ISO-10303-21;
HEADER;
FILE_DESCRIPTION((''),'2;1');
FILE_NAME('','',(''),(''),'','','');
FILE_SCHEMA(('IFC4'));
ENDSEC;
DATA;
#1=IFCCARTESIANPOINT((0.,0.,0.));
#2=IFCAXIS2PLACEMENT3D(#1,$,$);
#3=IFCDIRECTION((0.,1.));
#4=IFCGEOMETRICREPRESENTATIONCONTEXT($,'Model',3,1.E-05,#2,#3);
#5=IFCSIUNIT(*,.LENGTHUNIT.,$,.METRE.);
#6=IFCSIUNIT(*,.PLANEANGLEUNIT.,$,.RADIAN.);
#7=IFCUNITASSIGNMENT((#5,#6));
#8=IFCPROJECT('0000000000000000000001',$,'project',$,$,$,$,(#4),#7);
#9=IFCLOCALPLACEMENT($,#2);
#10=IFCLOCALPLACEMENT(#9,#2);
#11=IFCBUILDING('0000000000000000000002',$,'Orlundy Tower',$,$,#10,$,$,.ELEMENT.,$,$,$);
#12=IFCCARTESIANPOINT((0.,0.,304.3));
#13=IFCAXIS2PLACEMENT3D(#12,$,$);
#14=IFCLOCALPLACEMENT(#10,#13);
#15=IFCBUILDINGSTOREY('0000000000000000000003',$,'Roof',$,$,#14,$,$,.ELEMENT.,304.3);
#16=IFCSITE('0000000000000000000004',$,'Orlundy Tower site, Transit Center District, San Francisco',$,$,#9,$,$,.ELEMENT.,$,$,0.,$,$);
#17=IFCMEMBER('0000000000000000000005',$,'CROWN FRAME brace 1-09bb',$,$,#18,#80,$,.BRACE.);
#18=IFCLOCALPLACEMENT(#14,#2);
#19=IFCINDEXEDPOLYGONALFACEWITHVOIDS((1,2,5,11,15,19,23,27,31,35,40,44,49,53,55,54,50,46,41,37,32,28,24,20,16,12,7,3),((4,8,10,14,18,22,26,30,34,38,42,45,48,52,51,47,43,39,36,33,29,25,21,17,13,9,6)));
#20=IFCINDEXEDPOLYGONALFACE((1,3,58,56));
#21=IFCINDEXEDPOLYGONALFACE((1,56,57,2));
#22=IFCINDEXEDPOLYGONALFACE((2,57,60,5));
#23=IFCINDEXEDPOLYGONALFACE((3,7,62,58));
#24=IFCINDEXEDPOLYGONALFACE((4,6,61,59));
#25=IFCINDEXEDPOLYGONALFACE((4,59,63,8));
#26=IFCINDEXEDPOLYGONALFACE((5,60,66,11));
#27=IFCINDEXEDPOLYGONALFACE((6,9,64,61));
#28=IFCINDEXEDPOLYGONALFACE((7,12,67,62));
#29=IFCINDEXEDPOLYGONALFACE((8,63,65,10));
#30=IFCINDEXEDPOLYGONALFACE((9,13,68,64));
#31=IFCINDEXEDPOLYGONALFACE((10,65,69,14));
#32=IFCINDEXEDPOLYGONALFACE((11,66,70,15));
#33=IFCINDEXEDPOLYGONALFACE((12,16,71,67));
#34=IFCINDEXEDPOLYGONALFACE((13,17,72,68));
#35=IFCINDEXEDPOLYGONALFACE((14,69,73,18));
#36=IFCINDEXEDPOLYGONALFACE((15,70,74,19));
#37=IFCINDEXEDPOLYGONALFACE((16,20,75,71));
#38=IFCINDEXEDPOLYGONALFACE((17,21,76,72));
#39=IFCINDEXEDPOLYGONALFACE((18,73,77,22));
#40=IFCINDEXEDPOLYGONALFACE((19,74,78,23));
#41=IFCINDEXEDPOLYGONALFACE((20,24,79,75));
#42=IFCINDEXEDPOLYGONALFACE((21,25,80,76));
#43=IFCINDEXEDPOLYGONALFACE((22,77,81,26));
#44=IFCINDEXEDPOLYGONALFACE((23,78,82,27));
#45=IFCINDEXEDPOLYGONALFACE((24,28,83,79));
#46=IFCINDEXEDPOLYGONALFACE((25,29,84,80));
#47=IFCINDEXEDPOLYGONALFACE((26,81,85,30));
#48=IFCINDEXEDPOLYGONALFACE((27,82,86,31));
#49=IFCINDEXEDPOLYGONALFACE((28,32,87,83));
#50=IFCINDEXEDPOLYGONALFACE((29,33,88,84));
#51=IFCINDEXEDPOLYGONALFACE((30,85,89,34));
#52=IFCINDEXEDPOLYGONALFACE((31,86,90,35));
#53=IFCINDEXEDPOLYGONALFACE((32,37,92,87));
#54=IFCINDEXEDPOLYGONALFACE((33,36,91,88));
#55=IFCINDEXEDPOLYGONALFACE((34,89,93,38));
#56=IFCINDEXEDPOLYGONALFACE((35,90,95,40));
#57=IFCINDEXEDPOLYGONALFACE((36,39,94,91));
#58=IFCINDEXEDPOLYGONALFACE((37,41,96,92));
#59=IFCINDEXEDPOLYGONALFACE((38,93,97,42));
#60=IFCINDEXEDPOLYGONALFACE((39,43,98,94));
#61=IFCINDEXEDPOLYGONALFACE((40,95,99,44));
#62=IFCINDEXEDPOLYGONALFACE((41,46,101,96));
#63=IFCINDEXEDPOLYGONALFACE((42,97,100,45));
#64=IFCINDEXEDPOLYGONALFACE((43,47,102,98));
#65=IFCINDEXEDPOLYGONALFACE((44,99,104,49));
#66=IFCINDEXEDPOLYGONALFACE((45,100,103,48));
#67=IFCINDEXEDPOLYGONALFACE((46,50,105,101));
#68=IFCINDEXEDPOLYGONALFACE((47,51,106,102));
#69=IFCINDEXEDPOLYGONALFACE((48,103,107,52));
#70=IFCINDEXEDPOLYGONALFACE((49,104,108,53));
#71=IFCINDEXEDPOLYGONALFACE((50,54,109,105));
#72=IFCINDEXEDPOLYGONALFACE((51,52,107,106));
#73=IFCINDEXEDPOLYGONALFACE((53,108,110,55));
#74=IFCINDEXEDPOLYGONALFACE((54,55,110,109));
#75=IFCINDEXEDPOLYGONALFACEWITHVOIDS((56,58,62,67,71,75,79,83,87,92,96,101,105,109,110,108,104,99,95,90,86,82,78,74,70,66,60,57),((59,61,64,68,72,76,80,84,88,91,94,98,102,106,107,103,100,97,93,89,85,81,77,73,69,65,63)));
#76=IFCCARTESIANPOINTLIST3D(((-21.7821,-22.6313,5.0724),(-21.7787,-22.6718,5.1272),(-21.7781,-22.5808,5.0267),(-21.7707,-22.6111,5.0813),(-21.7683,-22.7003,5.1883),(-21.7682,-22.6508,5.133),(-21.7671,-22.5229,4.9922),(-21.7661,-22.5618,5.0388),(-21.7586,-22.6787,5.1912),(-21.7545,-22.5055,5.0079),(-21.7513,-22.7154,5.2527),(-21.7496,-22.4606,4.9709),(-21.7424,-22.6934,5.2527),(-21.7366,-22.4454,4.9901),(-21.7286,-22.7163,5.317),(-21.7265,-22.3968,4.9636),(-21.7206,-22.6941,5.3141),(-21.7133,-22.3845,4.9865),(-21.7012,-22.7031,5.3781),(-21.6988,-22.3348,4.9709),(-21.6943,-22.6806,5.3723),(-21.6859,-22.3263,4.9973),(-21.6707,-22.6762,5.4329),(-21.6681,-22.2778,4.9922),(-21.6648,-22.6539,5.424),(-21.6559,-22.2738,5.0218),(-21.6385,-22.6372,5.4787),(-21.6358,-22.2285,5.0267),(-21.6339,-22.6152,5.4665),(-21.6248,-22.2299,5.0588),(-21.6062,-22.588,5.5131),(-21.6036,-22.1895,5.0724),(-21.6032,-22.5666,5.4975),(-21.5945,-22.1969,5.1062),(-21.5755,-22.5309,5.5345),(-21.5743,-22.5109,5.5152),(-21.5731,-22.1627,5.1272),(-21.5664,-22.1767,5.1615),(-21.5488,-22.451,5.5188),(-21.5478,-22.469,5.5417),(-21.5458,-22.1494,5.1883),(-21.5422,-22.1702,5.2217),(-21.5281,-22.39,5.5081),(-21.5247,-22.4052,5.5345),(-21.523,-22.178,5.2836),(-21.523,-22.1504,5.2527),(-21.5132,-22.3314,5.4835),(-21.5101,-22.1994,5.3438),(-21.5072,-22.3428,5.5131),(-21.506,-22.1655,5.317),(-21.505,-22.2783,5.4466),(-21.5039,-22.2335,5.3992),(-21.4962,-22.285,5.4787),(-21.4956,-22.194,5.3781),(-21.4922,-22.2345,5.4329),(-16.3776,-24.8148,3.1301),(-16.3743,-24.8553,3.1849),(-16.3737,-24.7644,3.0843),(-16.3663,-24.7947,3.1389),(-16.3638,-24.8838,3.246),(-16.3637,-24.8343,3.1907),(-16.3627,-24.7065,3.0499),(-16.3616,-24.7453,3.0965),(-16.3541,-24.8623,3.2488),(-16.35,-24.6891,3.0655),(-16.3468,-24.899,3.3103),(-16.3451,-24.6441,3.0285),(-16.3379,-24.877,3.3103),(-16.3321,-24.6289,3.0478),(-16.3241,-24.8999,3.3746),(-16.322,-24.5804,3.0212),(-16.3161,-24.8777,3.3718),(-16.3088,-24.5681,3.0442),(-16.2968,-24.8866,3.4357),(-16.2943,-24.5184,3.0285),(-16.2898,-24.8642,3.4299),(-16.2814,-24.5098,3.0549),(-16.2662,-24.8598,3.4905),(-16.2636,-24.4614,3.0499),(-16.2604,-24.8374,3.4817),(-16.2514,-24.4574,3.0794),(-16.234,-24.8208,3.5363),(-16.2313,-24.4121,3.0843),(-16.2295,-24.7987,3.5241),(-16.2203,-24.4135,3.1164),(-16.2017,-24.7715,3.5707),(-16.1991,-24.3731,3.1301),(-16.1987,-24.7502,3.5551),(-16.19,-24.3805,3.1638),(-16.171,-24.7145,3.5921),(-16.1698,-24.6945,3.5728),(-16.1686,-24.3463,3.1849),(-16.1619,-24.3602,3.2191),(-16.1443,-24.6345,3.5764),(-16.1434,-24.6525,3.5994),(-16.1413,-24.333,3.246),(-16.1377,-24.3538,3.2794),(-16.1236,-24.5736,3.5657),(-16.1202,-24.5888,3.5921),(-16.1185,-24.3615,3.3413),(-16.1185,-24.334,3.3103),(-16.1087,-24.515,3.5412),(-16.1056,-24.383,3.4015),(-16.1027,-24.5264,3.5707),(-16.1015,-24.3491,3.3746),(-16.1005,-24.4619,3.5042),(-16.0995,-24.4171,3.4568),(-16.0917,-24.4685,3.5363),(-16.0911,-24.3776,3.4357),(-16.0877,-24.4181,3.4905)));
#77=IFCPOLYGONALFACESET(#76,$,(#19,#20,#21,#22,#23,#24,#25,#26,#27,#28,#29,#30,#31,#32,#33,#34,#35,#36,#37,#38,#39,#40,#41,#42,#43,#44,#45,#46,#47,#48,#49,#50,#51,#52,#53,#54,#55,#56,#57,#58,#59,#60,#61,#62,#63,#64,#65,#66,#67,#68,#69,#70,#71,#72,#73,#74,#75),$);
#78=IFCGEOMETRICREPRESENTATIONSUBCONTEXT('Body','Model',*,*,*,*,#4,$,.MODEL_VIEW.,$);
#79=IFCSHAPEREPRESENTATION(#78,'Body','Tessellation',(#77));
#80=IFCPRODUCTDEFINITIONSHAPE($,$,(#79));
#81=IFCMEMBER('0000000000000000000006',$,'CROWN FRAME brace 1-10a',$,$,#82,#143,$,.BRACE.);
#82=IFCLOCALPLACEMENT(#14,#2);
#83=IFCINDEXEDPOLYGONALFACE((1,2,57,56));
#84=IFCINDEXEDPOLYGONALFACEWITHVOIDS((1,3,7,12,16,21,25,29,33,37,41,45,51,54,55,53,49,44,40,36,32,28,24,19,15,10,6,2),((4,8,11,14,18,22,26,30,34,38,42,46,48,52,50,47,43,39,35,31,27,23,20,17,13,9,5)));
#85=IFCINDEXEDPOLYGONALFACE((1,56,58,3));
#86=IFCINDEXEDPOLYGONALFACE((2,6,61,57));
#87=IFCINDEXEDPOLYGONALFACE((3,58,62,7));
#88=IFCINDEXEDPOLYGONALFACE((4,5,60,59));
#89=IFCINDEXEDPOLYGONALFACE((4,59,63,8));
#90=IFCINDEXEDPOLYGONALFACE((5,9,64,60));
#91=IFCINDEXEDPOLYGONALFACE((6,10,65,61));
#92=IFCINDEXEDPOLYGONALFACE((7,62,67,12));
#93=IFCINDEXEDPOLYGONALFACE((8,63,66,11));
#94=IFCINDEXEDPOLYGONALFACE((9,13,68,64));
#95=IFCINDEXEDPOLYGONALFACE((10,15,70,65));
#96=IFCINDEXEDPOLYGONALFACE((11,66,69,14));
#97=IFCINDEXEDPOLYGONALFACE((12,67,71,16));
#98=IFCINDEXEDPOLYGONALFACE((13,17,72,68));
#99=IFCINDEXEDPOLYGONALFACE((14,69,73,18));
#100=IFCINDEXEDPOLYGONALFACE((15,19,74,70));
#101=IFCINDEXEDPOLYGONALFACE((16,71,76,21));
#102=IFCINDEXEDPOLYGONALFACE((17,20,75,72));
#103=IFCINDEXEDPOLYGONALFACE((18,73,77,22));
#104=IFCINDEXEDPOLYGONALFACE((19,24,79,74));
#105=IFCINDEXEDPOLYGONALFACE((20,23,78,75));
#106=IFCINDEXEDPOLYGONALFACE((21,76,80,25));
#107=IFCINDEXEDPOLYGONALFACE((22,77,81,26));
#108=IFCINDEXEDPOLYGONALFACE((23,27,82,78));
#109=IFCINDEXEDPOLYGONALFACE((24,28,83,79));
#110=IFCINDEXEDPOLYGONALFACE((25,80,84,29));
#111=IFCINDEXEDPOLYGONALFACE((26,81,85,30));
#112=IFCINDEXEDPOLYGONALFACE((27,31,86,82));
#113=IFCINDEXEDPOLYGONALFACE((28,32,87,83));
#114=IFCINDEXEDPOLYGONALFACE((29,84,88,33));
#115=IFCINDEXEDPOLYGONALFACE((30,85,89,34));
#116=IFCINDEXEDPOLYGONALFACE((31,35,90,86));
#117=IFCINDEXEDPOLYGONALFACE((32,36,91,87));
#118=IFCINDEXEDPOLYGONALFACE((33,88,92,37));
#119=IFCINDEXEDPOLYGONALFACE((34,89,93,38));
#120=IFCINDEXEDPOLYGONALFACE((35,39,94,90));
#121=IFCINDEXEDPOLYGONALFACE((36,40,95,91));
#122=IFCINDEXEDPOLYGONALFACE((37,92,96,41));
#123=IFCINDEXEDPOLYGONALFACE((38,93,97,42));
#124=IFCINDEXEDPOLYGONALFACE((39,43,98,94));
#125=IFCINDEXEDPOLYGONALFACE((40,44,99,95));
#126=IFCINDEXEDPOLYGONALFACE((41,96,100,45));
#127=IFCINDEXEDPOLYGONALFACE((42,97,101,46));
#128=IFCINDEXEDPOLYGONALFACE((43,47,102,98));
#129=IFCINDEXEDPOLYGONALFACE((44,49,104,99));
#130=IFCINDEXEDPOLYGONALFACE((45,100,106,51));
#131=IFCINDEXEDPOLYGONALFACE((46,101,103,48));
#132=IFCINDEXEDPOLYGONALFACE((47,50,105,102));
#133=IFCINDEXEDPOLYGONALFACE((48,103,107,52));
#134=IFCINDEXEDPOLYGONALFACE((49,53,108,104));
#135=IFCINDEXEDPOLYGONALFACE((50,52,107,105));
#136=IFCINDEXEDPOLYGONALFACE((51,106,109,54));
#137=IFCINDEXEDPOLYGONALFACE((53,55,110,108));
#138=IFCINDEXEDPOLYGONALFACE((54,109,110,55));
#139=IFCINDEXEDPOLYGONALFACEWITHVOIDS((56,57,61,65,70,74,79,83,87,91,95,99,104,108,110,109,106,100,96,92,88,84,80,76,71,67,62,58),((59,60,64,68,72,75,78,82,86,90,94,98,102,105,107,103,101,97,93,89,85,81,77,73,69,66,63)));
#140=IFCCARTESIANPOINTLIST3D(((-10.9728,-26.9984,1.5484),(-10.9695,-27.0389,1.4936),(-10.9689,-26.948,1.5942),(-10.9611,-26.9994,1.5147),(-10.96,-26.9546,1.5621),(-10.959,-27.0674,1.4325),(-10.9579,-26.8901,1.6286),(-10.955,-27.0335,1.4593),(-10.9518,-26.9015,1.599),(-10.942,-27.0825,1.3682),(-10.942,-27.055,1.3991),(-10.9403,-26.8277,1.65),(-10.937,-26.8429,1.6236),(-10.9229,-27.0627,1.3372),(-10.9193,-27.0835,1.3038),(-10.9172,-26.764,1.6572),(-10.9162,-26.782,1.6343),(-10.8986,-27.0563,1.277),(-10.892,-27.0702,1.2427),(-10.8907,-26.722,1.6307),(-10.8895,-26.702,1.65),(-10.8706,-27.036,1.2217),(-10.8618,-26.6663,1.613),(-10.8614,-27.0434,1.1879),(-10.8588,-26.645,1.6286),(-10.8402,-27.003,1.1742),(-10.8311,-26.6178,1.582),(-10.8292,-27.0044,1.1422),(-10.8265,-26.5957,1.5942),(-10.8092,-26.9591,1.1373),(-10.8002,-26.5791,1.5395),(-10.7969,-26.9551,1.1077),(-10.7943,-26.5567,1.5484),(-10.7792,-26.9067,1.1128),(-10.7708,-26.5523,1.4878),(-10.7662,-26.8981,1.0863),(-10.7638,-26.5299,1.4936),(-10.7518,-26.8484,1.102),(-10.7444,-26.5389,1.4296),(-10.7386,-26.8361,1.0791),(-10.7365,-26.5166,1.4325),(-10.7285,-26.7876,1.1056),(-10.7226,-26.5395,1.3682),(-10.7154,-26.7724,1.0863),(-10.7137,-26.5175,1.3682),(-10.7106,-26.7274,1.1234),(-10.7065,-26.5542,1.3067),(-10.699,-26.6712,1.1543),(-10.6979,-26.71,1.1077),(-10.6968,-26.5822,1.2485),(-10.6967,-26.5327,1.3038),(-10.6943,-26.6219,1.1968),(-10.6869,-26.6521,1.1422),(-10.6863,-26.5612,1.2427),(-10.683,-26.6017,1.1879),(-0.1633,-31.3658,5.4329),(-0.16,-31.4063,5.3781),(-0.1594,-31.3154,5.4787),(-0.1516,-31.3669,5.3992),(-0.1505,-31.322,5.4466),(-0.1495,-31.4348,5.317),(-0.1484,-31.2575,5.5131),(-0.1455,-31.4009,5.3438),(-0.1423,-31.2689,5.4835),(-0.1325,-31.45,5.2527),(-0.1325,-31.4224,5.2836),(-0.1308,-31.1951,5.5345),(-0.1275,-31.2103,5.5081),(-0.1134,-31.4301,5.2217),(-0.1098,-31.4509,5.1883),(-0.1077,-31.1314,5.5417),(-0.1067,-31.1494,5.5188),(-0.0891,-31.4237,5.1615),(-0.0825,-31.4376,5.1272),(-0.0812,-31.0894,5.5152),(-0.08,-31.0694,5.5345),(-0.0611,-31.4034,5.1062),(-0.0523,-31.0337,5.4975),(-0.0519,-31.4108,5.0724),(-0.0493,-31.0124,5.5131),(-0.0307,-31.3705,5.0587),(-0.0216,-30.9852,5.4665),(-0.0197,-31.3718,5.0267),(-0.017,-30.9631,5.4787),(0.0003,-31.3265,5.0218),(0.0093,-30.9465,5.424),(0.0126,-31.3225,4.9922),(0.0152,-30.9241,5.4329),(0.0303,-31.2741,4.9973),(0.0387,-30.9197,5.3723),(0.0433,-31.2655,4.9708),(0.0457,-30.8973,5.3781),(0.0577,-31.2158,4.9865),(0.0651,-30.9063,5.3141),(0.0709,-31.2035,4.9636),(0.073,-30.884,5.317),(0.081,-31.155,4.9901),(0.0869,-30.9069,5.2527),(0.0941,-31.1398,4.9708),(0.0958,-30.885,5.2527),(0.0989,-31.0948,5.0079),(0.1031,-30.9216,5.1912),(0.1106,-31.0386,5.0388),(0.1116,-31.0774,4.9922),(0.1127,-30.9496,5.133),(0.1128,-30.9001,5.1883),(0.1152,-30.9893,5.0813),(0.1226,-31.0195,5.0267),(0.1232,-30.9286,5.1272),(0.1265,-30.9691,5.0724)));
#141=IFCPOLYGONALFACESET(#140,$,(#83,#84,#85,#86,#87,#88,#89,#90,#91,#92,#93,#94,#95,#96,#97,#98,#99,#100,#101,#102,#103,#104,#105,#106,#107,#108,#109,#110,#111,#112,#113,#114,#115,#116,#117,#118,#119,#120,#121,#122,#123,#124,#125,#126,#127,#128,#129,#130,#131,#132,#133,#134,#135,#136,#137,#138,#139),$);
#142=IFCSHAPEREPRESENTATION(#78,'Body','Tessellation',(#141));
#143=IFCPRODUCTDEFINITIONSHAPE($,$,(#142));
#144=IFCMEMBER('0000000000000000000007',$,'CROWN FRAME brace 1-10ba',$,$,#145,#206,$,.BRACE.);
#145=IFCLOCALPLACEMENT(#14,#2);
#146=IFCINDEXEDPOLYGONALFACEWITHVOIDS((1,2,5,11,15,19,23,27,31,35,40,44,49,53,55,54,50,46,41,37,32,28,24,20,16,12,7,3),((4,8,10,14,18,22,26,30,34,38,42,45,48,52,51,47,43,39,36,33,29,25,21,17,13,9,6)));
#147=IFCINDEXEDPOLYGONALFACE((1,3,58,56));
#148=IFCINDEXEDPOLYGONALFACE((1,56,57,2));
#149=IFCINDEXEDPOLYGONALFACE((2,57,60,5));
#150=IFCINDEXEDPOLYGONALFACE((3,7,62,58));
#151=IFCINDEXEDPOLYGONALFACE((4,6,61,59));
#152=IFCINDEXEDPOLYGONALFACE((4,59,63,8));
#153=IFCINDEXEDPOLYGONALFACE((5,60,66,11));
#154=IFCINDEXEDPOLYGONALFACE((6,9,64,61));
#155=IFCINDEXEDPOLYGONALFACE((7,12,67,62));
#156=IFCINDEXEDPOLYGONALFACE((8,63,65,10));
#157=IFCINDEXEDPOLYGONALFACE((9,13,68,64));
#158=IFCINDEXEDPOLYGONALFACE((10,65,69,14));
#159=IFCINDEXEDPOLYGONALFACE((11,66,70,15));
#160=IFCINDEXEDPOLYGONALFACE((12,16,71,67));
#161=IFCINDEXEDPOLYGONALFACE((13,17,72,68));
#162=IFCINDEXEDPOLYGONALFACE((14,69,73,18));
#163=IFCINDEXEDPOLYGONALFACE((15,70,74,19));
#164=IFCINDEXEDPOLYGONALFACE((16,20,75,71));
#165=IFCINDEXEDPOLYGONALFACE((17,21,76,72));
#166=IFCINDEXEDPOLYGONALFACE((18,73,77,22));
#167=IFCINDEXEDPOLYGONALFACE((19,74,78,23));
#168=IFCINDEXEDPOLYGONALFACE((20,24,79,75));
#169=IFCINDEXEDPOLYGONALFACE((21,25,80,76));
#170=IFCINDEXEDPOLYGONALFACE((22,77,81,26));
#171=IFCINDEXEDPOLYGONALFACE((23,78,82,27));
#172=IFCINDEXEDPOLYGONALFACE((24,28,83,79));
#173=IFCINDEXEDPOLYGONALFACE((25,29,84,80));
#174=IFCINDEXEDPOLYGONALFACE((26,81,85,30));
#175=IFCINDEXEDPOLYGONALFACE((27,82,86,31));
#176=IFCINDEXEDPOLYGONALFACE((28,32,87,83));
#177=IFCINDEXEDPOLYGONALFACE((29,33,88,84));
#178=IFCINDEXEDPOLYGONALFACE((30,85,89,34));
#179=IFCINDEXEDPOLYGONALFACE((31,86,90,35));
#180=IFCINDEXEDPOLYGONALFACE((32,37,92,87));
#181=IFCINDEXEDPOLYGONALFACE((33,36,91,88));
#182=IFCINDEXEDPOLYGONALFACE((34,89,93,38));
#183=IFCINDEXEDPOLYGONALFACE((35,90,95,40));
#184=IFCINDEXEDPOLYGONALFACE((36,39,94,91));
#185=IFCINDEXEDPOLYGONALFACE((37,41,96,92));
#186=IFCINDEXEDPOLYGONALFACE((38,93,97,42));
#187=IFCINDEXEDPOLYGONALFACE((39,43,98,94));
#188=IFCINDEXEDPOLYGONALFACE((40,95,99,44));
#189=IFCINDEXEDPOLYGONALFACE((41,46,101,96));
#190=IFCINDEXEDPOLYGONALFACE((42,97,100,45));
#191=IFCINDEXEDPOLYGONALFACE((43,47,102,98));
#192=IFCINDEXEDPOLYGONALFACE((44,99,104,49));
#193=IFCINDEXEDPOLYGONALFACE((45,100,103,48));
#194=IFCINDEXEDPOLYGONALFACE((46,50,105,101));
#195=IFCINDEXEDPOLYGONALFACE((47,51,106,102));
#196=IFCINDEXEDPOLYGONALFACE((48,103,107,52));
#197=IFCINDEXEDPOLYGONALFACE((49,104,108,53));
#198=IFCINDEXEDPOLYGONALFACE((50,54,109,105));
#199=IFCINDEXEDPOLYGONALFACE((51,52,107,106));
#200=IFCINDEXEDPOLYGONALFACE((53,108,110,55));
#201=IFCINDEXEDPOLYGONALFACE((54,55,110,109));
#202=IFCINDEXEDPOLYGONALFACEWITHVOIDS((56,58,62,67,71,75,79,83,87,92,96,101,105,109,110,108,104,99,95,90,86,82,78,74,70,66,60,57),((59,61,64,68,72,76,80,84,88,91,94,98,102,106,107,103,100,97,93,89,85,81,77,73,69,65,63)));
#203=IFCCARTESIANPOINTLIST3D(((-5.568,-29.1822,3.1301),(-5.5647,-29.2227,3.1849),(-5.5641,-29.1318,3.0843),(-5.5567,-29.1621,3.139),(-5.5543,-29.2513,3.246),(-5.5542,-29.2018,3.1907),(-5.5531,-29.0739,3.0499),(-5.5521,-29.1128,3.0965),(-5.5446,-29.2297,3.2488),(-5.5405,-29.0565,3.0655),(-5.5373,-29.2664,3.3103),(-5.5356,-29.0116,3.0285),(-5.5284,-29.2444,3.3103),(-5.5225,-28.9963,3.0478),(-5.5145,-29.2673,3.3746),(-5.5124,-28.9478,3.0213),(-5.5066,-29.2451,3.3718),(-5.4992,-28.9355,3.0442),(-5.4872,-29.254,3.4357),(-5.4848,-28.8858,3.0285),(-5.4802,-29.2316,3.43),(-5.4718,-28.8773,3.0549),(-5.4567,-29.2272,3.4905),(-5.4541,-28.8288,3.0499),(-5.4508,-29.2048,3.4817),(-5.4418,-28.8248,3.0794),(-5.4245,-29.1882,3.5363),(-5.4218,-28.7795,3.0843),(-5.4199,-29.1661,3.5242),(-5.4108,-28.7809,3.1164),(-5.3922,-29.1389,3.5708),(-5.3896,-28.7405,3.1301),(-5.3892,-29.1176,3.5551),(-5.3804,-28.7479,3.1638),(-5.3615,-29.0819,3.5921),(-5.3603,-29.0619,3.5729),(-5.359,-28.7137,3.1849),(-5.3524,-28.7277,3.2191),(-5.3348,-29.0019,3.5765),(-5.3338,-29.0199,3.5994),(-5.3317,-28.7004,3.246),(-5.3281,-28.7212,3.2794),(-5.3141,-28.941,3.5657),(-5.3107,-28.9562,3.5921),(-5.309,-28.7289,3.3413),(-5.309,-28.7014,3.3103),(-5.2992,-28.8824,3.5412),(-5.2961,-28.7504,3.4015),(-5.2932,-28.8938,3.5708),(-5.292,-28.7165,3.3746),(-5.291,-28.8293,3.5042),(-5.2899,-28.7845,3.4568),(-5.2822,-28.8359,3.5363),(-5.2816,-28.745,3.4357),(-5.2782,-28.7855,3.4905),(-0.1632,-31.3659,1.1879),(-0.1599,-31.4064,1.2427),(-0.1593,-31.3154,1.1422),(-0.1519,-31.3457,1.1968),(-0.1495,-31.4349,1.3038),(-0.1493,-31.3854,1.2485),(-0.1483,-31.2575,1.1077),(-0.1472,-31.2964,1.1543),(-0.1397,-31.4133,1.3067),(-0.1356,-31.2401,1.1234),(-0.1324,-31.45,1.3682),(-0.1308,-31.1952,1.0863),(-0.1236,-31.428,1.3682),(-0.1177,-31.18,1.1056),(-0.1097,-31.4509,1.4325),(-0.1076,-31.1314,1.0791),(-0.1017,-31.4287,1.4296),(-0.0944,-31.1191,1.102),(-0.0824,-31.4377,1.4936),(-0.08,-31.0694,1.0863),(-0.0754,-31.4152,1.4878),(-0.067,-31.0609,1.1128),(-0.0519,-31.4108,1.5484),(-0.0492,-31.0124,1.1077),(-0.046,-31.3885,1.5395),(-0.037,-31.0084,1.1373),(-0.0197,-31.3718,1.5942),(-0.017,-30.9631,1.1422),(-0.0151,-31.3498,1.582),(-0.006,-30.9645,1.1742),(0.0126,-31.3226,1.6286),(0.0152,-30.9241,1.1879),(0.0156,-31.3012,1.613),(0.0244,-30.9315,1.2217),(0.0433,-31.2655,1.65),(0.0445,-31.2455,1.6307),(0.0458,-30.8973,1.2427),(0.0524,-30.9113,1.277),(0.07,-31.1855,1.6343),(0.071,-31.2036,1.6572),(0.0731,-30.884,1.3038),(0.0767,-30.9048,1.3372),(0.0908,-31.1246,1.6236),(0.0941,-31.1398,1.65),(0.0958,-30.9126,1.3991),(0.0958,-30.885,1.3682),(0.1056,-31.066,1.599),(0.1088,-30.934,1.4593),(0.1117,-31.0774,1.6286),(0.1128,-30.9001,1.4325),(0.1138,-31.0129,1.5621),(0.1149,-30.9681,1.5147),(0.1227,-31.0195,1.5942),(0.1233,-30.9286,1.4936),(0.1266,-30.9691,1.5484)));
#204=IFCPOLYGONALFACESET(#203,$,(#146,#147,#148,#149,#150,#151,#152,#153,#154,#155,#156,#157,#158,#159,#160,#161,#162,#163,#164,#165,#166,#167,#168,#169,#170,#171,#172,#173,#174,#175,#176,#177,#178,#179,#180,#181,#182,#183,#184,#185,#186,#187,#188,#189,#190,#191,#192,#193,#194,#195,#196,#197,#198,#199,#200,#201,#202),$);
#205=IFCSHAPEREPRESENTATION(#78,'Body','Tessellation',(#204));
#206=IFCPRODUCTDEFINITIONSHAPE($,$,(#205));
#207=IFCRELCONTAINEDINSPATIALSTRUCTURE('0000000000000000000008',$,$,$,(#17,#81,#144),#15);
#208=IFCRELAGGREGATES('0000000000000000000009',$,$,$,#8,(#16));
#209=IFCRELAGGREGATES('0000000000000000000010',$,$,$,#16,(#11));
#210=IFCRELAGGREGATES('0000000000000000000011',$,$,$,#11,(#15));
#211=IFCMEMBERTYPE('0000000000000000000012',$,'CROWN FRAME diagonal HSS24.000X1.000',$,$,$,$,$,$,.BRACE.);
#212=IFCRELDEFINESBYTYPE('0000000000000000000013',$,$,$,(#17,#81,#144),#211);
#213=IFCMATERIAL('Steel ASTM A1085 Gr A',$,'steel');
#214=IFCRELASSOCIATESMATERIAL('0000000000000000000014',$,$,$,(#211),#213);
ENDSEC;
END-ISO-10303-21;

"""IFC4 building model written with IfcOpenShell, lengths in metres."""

from ifc_helpers import new_model, si_unit, direction, frame, origin, origin_2d, place, context, subcontext, project, spatial, hollow_circle, extrude, material, material_profile, profile_set, type_object, element, save


model = new_model("IFC4")

# Units and contexts
model_context = context("Model", 3, precision=1e-05, world=origin(), true_north=direction((0.0, 1.0)))
body_context = subcontext(model_context, "Body", "Model", "MODEL_VIEW")
ifc_project = project(units=[si_unit("LENGTHUNIT", "METRE"), si_unit("PLANEANGLEUNIT", "RADIAN")], contexts=[model_context])

# Site, building, storey
site_placement = place(None, origin())
site = spatial("IfcSite", under=ifc_project, at=site_placement, Name="Orlundy Tower site, Transit Center District, San Francisco", CompositionType="ELEMENT", RefElevation=0.0)
building_placement = place(site_placement, origin())
building = spatial("IfcBuilding", under=site, at=building_placement, Name="Orlundy Tower", CompositionType="ELEMENT")
storey_placement = place(building_placement, frame((0.0, 0.0, 304.3)))
storey = spatial("IfcBuildingStorey", under=building, at=storey_placement, Name="Roof", CompositionType="ELEMENT", Elevation=304.3)

# Members
ifc_material_1 = material(Name="Steel ASTM A1085 Gr A", Category="steel")
ifc_material_profile_1 = material_profile(ifc_material_1, hollow_circle(Radius=0.3047, WallThickness=0.0237, at=origin_2d()), Name="HSS24.000X1.000")
ifc_profile_set_1 = profile_set([ifc_material_profile_1], Name="Steel ASTM A1085 Gr A")
member_type_1 = type_object("IfcMemberType", Name="CROWN FRAME diagonal HSS24.000X1.000", PredefinedType="BRACE", material=ifc_profile_set_1)
member_1_placement = place(storey_placement, frame((-16.2327, -24.6165, 3.3103), z_axis=(-0.879631, 0.355397, 0.316138), x_axis=(-0.374609, -0.927183, 0.0)))
element("IfcMember", 1, at=member_1_placement, inside=storey, type_object=member_type_1, Name="CROWN FRAME brace 1-09bb", PredefinedType="BRACE", context=body_context, shape_type="SweptSolid", body=[
    extrude(hollow_circle(Radius=0.3047, WallThickness=0.0237, at=origin_2d()), origin(), (0.0, 0.0, 1.0), 6.144),
])
member_2_placement = place(storey_placement, frame((-10.8279, -26.8, 1.3682), z_axis=(0.879639, -0.355404, 0.316107), x_axis=(0.374613, 0.927181, 0.0)))
element("IfcMember", 2, at=member_2_placement, inside=storey, type_object=member_type_1, Name="CROWN FRAME brace 1-10a", PredefinedType="BRACE", context=body_context, shape_type="SweptSolid", body=[
    extrude(hollow_circle(Radius=0.3047, WallThickness=0.0237, at=origin_2d()), origin(), (0.0, 0.0, 1.0), 12.2886),
])
for number, where, z_axis, x_axis, name in (
    (3, (-0.0183, -31.1675, 1.3682), (-0.879651, 0.355389, 0.316091), (-0.374595, -0.927189, 0.0), "CROWN FRAME brace 1-10ba"),
):
    element("IfcMember", number, at=place(storey_placement, frame(where, z_axis=z_axis, x_axis=x_axis)), inside=storey, type_object=member_type_1, Name=name, PredefinedType="BRACE", context=body_context, shape_type="SweptSolid", body=[
        extrude(hollow_circle(Radius=0.3047, WallThickness=0.0237, at=origin_2d()), origin(), (0.0, 0.0, 1.0), 6.1443),
    ])

save(model, "model.ifc")
